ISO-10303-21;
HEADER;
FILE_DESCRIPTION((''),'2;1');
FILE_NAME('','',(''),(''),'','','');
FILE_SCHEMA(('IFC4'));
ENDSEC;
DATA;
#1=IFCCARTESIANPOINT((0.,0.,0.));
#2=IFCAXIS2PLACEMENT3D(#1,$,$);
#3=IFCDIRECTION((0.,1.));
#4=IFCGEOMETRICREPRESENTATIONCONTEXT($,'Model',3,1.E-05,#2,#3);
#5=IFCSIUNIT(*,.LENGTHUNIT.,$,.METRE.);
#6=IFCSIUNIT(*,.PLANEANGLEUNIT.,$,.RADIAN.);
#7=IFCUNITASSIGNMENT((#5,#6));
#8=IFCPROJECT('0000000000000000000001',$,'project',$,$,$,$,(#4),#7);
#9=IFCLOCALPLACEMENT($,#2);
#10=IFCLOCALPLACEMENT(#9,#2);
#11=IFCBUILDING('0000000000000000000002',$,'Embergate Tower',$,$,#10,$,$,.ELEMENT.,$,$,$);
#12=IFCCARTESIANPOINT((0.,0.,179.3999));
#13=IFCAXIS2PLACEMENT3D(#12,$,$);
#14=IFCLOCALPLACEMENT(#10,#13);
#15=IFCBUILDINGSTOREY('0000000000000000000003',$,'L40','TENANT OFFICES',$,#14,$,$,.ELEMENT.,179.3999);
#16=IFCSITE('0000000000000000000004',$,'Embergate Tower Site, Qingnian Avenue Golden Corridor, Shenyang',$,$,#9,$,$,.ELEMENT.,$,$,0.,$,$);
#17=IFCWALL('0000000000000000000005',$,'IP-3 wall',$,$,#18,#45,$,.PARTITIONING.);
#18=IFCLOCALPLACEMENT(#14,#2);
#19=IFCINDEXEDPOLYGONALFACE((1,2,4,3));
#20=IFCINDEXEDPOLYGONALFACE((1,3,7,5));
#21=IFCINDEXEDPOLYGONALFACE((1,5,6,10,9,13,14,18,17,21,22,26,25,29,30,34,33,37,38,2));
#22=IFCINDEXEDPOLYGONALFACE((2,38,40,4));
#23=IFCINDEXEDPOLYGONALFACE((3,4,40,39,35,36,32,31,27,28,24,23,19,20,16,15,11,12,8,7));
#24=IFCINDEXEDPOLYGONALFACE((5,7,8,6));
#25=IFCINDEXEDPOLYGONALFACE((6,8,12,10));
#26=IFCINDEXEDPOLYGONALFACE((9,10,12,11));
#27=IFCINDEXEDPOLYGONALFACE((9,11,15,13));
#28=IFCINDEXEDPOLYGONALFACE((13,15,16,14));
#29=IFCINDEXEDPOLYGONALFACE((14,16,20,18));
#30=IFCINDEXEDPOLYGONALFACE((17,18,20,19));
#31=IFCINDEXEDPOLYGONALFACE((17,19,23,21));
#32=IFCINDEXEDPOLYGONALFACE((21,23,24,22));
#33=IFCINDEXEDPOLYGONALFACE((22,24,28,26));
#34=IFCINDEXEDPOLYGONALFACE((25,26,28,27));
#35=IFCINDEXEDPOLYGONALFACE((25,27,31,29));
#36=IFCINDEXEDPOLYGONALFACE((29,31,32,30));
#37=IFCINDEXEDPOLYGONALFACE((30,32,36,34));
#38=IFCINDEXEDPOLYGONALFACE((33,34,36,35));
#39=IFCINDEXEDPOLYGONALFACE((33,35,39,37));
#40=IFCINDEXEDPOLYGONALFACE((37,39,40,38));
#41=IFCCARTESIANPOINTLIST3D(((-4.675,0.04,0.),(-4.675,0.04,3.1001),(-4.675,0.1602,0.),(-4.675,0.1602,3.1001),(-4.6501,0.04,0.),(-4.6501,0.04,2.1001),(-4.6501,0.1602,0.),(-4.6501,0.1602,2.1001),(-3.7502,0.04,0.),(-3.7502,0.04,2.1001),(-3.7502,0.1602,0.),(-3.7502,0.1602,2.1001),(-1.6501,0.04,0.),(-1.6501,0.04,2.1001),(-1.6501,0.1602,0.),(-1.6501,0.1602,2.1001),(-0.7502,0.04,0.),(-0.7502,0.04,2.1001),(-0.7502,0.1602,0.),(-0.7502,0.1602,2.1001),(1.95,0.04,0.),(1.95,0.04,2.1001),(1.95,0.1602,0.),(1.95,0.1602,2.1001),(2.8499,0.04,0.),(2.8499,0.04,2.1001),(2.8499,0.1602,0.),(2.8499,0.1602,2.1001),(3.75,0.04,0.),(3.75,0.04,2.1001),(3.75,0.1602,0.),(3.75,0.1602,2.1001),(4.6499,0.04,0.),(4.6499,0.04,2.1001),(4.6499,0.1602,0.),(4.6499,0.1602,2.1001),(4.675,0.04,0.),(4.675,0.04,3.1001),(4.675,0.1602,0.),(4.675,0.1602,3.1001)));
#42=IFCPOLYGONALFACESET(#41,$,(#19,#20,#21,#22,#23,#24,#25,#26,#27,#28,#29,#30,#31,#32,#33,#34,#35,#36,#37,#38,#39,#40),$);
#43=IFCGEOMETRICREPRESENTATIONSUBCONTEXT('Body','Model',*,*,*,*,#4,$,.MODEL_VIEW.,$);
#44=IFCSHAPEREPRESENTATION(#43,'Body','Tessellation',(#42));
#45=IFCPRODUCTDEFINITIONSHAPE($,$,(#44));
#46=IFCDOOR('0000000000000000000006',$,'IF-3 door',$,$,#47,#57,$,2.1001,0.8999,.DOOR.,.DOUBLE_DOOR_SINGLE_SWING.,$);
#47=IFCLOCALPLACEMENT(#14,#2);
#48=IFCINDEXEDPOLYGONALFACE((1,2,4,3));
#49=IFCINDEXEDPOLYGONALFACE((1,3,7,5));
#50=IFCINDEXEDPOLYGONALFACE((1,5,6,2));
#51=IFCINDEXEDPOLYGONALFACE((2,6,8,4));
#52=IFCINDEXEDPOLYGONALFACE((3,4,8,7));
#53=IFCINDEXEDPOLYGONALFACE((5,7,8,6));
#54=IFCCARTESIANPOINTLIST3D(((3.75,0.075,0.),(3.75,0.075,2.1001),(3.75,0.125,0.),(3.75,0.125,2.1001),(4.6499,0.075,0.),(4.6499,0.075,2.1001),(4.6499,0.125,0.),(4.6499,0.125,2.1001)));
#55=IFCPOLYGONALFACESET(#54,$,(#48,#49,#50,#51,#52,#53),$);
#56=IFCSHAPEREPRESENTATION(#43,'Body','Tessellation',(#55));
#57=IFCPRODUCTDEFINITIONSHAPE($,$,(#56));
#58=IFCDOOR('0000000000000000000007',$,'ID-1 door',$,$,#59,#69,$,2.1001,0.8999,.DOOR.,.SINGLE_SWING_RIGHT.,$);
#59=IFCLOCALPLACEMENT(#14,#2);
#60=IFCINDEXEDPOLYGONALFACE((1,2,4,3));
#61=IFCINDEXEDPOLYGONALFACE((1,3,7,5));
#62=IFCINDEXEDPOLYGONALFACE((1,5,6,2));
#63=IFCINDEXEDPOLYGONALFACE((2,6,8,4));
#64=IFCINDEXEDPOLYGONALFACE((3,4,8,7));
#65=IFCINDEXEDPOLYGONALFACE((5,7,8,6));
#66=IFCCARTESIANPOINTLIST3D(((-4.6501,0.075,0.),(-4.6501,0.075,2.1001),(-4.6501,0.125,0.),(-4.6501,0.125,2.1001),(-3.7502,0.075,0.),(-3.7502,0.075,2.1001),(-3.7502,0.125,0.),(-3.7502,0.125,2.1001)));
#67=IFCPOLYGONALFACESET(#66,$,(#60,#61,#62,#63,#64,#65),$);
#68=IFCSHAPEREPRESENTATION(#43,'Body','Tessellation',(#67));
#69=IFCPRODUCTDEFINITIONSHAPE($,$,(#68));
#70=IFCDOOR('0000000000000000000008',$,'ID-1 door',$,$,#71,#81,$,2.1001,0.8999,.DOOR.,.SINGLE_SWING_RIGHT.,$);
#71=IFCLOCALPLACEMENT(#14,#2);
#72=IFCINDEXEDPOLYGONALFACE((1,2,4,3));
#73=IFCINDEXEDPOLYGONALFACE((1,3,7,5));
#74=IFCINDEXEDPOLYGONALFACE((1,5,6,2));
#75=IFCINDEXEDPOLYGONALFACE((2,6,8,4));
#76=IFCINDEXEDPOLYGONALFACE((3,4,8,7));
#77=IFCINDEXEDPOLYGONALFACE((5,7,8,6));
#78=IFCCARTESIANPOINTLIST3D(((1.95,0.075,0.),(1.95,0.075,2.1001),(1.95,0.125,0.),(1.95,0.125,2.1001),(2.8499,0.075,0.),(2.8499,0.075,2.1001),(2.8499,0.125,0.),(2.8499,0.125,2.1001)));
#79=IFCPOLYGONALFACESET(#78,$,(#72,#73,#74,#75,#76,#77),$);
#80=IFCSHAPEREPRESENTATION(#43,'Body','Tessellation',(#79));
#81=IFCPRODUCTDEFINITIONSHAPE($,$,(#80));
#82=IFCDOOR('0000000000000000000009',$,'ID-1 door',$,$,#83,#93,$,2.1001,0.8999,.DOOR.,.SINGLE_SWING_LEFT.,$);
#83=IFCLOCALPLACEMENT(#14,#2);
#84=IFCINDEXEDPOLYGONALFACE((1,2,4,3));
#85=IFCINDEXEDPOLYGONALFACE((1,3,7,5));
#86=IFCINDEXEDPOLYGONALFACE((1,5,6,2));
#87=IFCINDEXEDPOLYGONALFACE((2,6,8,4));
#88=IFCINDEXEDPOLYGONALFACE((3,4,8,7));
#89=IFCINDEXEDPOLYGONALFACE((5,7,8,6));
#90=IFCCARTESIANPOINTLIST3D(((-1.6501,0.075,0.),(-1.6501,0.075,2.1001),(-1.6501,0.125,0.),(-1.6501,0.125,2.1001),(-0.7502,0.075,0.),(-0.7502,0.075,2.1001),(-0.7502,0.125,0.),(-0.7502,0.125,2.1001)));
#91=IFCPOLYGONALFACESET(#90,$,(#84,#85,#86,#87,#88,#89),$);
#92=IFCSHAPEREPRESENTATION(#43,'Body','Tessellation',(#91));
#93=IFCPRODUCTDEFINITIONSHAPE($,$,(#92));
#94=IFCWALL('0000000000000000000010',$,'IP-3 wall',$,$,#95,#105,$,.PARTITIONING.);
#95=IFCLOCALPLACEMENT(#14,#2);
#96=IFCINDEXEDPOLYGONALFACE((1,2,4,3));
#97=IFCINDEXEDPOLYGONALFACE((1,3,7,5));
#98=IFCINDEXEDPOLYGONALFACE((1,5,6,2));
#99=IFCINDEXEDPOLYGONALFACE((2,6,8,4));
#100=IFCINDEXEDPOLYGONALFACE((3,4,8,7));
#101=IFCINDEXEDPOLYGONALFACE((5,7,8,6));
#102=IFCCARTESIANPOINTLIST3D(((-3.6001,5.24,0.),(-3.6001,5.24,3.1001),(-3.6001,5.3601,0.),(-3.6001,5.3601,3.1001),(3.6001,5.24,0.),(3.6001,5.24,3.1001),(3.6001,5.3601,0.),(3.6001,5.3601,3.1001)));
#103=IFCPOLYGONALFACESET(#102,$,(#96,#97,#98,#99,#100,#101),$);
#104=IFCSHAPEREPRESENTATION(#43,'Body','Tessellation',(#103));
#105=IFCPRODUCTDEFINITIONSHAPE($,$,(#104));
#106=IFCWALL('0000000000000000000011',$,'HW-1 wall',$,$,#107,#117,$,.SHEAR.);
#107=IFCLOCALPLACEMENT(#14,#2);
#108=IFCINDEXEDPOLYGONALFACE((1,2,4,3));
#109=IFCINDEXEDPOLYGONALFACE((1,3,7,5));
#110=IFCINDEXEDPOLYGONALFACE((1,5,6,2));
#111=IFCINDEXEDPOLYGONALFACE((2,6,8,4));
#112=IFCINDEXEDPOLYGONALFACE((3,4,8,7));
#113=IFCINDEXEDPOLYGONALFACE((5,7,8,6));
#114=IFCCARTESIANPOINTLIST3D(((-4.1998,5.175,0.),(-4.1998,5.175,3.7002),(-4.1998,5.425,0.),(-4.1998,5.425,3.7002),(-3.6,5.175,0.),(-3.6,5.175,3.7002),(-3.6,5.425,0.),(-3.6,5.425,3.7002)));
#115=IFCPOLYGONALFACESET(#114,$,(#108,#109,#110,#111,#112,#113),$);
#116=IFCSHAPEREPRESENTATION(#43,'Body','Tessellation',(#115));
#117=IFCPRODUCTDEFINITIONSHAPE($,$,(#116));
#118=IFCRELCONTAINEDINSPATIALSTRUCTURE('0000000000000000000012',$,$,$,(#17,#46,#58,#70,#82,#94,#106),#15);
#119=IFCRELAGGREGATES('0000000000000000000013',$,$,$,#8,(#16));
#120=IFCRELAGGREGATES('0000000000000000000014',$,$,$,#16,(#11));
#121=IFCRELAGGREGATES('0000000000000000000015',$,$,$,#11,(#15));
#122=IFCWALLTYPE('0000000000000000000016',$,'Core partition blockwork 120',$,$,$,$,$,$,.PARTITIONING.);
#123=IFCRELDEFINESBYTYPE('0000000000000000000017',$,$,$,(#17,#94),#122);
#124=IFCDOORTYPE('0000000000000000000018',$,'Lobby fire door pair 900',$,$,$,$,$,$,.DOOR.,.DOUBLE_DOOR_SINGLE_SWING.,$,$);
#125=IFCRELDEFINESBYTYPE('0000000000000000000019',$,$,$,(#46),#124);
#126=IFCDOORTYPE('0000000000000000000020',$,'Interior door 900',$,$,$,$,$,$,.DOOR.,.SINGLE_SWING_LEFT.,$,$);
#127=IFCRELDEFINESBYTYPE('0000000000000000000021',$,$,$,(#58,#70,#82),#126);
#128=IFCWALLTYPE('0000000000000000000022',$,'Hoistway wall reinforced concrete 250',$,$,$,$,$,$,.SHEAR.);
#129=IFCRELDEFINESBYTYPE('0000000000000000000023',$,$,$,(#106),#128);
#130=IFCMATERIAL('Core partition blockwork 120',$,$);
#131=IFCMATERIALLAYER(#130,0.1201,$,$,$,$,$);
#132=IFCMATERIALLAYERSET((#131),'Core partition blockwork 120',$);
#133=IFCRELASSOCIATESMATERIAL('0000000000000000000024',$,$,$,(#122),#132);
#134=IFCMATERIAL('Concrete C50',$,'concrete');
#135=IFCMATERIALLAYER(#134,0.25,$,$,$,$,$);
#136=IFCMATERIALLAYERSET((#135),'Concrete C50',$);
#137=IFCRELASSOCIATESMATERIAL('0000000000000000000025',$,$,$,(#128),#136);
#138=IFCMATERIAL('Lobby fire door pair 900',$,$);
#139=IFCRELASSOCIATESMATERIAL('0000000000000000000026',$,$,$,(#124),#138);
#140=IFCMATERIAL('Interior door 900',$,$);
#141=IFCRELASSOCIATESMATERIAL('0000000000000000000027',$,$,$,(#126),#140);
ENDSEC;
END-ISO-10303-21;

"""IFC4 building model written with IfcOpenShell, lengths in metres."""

from ifc_helpers import new_model, si_unit, direction, frame, frame_2d, origin, place, context, subcontext, project, spatial, rectangle, extrude, source, transform, mapped, material, layer, layer_set, type_object, element, fill, save


model = new_model("IFC4")

# Units and contexts
model_context = context("Model", 3, precision=1e-05, world=origin(), true_north=direction((0.0, 1.0)))
body_context = subcontext(model_context, "Body", "Model", "MODEL_VIEW")
ifc_project = project(units=[si_unit("LENGTHUNIT", "METRE"), si_unit("PLANEANGLEUNIT", "RADIAN")], contexts=[model_context])

# Site, building, storey
site_placement = place(None, origin())
site = spatial("IfcSite", under=ifc_project, at=site_placement, Name="Embergate Tower Site, Qingnian Avenue Golden Corridor, Shenyang", CompositionType="ELEMENT", RefElevation=0.0)
building_placement = place(site_placement, origin())
building = spatial("IfcBuilding", under=site, at=building_placement, Name="Embergate Tower", CompositionType="ELEMENT")
storey_placement = place(building_placement, frame((0.0, 0.0, 179.3999)))
storey = spatial("IfcBuildingStorey", under=building, at=storey_placement, Name="L40", Description="TENANT OFFICES", CompositionType="ELEMENT", Elevation=179.3999)

# Shared definitions
ifc_material_1 = material(Name="Core partition blockwork 120")
ifc_layer_1 = layer(ifc_material_1, 0.1201)
ifc_layer_set_1 = layer_set([ifc_layer_1], Name="Core partition blockwork 120")
wall_type_1 = type_object("IfcWallType", Name="Core partition blockwork 120", PredefinedType="PARTITIONING", material=ifc_layer_set_1)

# Shared definitions
ifc_material_2 = material(Name="Concrete C50", Category="concrete")
ifc_layer_2 = layer(ifc_material_2, 0.25)
ifc_layer_set_2 = layer_set([ifc_layer_2], Name="Concrete C50")
wall_type_2 = type_object("IfcWallType", Name="Hoistway wall reinforced concrete 250", PredefinedType="SHEAR", material=ifc_layer_set_2)

# Wall, openings, doors
shared_shape_1 = source(origin(), body_context, "Body", "SweptSolid", [
    extrude(rectangle(XDim=9.3501, YDim=0.1201, at=frame_2d((4.675, 0.0))), origin(), (0.0, 0.0, 1.0), 3.1001),
])
wall_1_placement = place(storey_placement, frame((-4.675, 0.1001, 0.0), z_axis=(0.0, 0.0, 1.0), x_axis=(1.0, 0.0, 0.0)))
wall_1 = element("IfcWall", 1, at=wall_1_placement, inside=storey, type_object=wall_type_1, Name="IP-3 wall", PredefinedType="PARTITIONING", context=body_context, shape_type="MappedRepresentation", body=[
    mapped(shared_shape_1, transform((0.0, 0.0, 0.0))),
])
shared_shape_2 = source(origin(), body_context, "Body", "SweptSolid", [
    extrude(rectangle(XDim=0.8999, YDim=2.1001, at=frame_2d((0.45, 1.05))), frame((0.0, 0.0701, 0.0), z_axis=(0.0, -1.0, 0.0), x_axis=(1.0, 0.0, 0.0)), (0.0, 0.0, 1.0), 0.1401),
])
opening_1_placement = place(wall_1_placement, frame((8.425, 0.0, 0.0)))
opening_1 = element("IfcOpeningElement", 2, at=opening_1_placement, cuts=wall_1, PredefinedType="OPENING", context=body_context, shape_type="MappedRepresentation", body=[
    mapped(shared_shape_2, transform((0.0, 0.0, 0.0))),
])
opening_2_placement = place(wall_1_placement, frame((0.0249, 0.0, 0.0)))
opening_2 = element("IfcOpeningElement", 3, at=opening_2_placement, cuts=wall_1, PredefinedType="OPENING", context=body_context, shape_type="MappedRepresentation", body=[
    mapped(shared_shape_2, transform((0.0, 0.0, 0.0))),
])
opening_3_placement = place(wall_1_placement, frame((6.625, 0.0, 0.0)))
opening_3 = element("IfcOpeningElement", 4, at=opening_3_placement, cuts=wall_1, PredefinedType="OPENING", context=body_context, shape_type="MappedRepresentation", body=[
    mapped(shared_shape_2, transform((0.0, 0.0, 0.0))),
])
opening_4_placement = place(wall_1_placement, frame((3.0249, 0.0, 0.0)))
opening_4 = element("IfcOpeningElement", 5, at=opening_4_placement, cuts=wall_1, PredefinedType="OPENING", context=body_context, shape_type="MappedRepresentation", body=[
    mapped(shared_shape_2, transform((0.0, 0.0, 0.0))),
])
ifc_material_3 = material(Name="Lobby fire door pair 900")
door_type_1 = type_object("IfcDoorType", Name="Lobby fire door pair 900", OperationType="DOUBLE_DOOR_SINGLE_SWING", PredefinedType="DOOR", material=ifc_material_3)
shared_shape_3 = source(origin(), body_context, "Body", "SweptSolid", [
    extrude(rectangle(XDim=0.8999, YDim=2.1001, at=frame_2d((0.45, 1.05))), frame((0.0, 0.0249, 0.0), z_axis=(0.0, -1.0, 0.0), x_axis=(1.0, 0.0, 0.0)), (0.0, 0.0, 1.0), 0.05),
])
door_1_placement = place(opening_1_placement, origin())
door_1 = element("IfcDoor", 6, at=door_1_placement, inside=storey, type_object=door_type_1, Name="IF-3 door", OperationType="DOUBLE_DOOR_SINGLE_SWING", OverallHeight=2.1001, OverallWidth=0.8999, PredefinedType="DOOR", context=body_context, shape_type="MappedRepresentation", body=[
    mapped(shared_shape_3, transform((0.0, 0.0, 0.0))),
])
fill(opening_1, door_1)
ifc_material_4 = material(Name="Interior door 900")
door_type_2 = type_object("IfcDoorType", Name="Interior door 900", OperationType="SINGLE_SWING_LEFT", PredefinedType="DOOR", material=ifc_material_4)
door_2_placement = place(opening_2_placement, origin())
door_2 = element("IfcDoor", 7, at=door_2_placement, inside=storey, type_object=door_type_2, Name="ID-1 door", OperationType="SINGLE_SWING_RIGHT", OverallHeight=2.1001, OverallWidth=0.8999, PredefinedType="DOOR", context=body_context, shape_type="MappedRepresentation", body=[
    mapped(shared_shape_3, transform((0.0, 0.0, 0.0))),
])
fill(opening_2, door_2)
door_3_placement = place(opening_3_placement, origin())
door_3 = element("IfcDoor", 8, at=door_3_placement, inside=storey, type_object=door_type_2, Name="ID-1 door", OperationType="SINGLE_SWING_RIGHT", OverallHeight=2.1001, OverallWidth=0.8999, PredefinedType="DOOR", context=body_context, shape_type="MappedRepresentation", body=[
    mapped(shared_shape_3, transform((0.0, 0.0, 0.0))),
])
fill(opening_3, door_3)
door_4_placement = place(opening_4_placement, origin())
door_4 = element("IfcDoor", 9, at=door_4_placement, inside=storey, type_object=door_type_2, Name="ID-1 door", OperationType="SINGLE_SWING_LEFT", OverallHeight=2.1001, OverallWidth=0.8999, PredefinedType="DOOR", context=body_context, shape_type="MappedRepresentation", body=[
    mapped(shared_shape_3, transform((0.0, 0.0, 0.0))),
])
fill(opening_4, door_4)

# Walls
shared_shape_4 = source(origin(), body_context, "Body", "SweptSolid", [
    extrude(rectangle(XDim=7.2002, YDim=0.1201, at=frame_2d((3.6001, 0.0))), origin(), (0.0, 0.0, 1.0), 3.1001),
])
wall_2_placement = place(storey_placement, frame((-3.6001, 5.3, 0.0), z_axis=(0.0, 0.0, 1.0), x_axis=(1.0, 0.0, 0.0)))
element("IfcWall", 10, at=wall_2_placement, inside=storey, type_object=wall_type_1, Name="IP-3 wall", PredefinedType="PARTITIONING", context=body_context, shape_type="MappedRepresentation", body=[
    mapped(shared_shape_4, transform((0.0, 0.0, 0.0))),
])
shared_shape_5 = source(origin(), body_context, "Body", "SweptSolid", [
    extrude(rectangle(XDim=0.5999, YDim=0.25, at=frame_2d((0.2998, 0.0))), origin(), (0.0, 0.0, 1.0), 3.7002),
])
wall_3_placement = place(storey_placement, frame((-3.6001, 5.3, 0.0), z_axis=(0.0, 0.0, 1.0), x_axis=(-1.0, 0.0, 0.0)))
element("IfcWall", 11, at=wall_3_placement, inside=storey, type_object=wall_type_2, Name="HW-1 wall", PredefinedType="SHEAR", context=body_context, shape_type="MappedRepresentation", body=[
    mapped(shared_shape_5, transform((0.0, 0.0, 0.0))),
])

save(model, "model.ifc")
